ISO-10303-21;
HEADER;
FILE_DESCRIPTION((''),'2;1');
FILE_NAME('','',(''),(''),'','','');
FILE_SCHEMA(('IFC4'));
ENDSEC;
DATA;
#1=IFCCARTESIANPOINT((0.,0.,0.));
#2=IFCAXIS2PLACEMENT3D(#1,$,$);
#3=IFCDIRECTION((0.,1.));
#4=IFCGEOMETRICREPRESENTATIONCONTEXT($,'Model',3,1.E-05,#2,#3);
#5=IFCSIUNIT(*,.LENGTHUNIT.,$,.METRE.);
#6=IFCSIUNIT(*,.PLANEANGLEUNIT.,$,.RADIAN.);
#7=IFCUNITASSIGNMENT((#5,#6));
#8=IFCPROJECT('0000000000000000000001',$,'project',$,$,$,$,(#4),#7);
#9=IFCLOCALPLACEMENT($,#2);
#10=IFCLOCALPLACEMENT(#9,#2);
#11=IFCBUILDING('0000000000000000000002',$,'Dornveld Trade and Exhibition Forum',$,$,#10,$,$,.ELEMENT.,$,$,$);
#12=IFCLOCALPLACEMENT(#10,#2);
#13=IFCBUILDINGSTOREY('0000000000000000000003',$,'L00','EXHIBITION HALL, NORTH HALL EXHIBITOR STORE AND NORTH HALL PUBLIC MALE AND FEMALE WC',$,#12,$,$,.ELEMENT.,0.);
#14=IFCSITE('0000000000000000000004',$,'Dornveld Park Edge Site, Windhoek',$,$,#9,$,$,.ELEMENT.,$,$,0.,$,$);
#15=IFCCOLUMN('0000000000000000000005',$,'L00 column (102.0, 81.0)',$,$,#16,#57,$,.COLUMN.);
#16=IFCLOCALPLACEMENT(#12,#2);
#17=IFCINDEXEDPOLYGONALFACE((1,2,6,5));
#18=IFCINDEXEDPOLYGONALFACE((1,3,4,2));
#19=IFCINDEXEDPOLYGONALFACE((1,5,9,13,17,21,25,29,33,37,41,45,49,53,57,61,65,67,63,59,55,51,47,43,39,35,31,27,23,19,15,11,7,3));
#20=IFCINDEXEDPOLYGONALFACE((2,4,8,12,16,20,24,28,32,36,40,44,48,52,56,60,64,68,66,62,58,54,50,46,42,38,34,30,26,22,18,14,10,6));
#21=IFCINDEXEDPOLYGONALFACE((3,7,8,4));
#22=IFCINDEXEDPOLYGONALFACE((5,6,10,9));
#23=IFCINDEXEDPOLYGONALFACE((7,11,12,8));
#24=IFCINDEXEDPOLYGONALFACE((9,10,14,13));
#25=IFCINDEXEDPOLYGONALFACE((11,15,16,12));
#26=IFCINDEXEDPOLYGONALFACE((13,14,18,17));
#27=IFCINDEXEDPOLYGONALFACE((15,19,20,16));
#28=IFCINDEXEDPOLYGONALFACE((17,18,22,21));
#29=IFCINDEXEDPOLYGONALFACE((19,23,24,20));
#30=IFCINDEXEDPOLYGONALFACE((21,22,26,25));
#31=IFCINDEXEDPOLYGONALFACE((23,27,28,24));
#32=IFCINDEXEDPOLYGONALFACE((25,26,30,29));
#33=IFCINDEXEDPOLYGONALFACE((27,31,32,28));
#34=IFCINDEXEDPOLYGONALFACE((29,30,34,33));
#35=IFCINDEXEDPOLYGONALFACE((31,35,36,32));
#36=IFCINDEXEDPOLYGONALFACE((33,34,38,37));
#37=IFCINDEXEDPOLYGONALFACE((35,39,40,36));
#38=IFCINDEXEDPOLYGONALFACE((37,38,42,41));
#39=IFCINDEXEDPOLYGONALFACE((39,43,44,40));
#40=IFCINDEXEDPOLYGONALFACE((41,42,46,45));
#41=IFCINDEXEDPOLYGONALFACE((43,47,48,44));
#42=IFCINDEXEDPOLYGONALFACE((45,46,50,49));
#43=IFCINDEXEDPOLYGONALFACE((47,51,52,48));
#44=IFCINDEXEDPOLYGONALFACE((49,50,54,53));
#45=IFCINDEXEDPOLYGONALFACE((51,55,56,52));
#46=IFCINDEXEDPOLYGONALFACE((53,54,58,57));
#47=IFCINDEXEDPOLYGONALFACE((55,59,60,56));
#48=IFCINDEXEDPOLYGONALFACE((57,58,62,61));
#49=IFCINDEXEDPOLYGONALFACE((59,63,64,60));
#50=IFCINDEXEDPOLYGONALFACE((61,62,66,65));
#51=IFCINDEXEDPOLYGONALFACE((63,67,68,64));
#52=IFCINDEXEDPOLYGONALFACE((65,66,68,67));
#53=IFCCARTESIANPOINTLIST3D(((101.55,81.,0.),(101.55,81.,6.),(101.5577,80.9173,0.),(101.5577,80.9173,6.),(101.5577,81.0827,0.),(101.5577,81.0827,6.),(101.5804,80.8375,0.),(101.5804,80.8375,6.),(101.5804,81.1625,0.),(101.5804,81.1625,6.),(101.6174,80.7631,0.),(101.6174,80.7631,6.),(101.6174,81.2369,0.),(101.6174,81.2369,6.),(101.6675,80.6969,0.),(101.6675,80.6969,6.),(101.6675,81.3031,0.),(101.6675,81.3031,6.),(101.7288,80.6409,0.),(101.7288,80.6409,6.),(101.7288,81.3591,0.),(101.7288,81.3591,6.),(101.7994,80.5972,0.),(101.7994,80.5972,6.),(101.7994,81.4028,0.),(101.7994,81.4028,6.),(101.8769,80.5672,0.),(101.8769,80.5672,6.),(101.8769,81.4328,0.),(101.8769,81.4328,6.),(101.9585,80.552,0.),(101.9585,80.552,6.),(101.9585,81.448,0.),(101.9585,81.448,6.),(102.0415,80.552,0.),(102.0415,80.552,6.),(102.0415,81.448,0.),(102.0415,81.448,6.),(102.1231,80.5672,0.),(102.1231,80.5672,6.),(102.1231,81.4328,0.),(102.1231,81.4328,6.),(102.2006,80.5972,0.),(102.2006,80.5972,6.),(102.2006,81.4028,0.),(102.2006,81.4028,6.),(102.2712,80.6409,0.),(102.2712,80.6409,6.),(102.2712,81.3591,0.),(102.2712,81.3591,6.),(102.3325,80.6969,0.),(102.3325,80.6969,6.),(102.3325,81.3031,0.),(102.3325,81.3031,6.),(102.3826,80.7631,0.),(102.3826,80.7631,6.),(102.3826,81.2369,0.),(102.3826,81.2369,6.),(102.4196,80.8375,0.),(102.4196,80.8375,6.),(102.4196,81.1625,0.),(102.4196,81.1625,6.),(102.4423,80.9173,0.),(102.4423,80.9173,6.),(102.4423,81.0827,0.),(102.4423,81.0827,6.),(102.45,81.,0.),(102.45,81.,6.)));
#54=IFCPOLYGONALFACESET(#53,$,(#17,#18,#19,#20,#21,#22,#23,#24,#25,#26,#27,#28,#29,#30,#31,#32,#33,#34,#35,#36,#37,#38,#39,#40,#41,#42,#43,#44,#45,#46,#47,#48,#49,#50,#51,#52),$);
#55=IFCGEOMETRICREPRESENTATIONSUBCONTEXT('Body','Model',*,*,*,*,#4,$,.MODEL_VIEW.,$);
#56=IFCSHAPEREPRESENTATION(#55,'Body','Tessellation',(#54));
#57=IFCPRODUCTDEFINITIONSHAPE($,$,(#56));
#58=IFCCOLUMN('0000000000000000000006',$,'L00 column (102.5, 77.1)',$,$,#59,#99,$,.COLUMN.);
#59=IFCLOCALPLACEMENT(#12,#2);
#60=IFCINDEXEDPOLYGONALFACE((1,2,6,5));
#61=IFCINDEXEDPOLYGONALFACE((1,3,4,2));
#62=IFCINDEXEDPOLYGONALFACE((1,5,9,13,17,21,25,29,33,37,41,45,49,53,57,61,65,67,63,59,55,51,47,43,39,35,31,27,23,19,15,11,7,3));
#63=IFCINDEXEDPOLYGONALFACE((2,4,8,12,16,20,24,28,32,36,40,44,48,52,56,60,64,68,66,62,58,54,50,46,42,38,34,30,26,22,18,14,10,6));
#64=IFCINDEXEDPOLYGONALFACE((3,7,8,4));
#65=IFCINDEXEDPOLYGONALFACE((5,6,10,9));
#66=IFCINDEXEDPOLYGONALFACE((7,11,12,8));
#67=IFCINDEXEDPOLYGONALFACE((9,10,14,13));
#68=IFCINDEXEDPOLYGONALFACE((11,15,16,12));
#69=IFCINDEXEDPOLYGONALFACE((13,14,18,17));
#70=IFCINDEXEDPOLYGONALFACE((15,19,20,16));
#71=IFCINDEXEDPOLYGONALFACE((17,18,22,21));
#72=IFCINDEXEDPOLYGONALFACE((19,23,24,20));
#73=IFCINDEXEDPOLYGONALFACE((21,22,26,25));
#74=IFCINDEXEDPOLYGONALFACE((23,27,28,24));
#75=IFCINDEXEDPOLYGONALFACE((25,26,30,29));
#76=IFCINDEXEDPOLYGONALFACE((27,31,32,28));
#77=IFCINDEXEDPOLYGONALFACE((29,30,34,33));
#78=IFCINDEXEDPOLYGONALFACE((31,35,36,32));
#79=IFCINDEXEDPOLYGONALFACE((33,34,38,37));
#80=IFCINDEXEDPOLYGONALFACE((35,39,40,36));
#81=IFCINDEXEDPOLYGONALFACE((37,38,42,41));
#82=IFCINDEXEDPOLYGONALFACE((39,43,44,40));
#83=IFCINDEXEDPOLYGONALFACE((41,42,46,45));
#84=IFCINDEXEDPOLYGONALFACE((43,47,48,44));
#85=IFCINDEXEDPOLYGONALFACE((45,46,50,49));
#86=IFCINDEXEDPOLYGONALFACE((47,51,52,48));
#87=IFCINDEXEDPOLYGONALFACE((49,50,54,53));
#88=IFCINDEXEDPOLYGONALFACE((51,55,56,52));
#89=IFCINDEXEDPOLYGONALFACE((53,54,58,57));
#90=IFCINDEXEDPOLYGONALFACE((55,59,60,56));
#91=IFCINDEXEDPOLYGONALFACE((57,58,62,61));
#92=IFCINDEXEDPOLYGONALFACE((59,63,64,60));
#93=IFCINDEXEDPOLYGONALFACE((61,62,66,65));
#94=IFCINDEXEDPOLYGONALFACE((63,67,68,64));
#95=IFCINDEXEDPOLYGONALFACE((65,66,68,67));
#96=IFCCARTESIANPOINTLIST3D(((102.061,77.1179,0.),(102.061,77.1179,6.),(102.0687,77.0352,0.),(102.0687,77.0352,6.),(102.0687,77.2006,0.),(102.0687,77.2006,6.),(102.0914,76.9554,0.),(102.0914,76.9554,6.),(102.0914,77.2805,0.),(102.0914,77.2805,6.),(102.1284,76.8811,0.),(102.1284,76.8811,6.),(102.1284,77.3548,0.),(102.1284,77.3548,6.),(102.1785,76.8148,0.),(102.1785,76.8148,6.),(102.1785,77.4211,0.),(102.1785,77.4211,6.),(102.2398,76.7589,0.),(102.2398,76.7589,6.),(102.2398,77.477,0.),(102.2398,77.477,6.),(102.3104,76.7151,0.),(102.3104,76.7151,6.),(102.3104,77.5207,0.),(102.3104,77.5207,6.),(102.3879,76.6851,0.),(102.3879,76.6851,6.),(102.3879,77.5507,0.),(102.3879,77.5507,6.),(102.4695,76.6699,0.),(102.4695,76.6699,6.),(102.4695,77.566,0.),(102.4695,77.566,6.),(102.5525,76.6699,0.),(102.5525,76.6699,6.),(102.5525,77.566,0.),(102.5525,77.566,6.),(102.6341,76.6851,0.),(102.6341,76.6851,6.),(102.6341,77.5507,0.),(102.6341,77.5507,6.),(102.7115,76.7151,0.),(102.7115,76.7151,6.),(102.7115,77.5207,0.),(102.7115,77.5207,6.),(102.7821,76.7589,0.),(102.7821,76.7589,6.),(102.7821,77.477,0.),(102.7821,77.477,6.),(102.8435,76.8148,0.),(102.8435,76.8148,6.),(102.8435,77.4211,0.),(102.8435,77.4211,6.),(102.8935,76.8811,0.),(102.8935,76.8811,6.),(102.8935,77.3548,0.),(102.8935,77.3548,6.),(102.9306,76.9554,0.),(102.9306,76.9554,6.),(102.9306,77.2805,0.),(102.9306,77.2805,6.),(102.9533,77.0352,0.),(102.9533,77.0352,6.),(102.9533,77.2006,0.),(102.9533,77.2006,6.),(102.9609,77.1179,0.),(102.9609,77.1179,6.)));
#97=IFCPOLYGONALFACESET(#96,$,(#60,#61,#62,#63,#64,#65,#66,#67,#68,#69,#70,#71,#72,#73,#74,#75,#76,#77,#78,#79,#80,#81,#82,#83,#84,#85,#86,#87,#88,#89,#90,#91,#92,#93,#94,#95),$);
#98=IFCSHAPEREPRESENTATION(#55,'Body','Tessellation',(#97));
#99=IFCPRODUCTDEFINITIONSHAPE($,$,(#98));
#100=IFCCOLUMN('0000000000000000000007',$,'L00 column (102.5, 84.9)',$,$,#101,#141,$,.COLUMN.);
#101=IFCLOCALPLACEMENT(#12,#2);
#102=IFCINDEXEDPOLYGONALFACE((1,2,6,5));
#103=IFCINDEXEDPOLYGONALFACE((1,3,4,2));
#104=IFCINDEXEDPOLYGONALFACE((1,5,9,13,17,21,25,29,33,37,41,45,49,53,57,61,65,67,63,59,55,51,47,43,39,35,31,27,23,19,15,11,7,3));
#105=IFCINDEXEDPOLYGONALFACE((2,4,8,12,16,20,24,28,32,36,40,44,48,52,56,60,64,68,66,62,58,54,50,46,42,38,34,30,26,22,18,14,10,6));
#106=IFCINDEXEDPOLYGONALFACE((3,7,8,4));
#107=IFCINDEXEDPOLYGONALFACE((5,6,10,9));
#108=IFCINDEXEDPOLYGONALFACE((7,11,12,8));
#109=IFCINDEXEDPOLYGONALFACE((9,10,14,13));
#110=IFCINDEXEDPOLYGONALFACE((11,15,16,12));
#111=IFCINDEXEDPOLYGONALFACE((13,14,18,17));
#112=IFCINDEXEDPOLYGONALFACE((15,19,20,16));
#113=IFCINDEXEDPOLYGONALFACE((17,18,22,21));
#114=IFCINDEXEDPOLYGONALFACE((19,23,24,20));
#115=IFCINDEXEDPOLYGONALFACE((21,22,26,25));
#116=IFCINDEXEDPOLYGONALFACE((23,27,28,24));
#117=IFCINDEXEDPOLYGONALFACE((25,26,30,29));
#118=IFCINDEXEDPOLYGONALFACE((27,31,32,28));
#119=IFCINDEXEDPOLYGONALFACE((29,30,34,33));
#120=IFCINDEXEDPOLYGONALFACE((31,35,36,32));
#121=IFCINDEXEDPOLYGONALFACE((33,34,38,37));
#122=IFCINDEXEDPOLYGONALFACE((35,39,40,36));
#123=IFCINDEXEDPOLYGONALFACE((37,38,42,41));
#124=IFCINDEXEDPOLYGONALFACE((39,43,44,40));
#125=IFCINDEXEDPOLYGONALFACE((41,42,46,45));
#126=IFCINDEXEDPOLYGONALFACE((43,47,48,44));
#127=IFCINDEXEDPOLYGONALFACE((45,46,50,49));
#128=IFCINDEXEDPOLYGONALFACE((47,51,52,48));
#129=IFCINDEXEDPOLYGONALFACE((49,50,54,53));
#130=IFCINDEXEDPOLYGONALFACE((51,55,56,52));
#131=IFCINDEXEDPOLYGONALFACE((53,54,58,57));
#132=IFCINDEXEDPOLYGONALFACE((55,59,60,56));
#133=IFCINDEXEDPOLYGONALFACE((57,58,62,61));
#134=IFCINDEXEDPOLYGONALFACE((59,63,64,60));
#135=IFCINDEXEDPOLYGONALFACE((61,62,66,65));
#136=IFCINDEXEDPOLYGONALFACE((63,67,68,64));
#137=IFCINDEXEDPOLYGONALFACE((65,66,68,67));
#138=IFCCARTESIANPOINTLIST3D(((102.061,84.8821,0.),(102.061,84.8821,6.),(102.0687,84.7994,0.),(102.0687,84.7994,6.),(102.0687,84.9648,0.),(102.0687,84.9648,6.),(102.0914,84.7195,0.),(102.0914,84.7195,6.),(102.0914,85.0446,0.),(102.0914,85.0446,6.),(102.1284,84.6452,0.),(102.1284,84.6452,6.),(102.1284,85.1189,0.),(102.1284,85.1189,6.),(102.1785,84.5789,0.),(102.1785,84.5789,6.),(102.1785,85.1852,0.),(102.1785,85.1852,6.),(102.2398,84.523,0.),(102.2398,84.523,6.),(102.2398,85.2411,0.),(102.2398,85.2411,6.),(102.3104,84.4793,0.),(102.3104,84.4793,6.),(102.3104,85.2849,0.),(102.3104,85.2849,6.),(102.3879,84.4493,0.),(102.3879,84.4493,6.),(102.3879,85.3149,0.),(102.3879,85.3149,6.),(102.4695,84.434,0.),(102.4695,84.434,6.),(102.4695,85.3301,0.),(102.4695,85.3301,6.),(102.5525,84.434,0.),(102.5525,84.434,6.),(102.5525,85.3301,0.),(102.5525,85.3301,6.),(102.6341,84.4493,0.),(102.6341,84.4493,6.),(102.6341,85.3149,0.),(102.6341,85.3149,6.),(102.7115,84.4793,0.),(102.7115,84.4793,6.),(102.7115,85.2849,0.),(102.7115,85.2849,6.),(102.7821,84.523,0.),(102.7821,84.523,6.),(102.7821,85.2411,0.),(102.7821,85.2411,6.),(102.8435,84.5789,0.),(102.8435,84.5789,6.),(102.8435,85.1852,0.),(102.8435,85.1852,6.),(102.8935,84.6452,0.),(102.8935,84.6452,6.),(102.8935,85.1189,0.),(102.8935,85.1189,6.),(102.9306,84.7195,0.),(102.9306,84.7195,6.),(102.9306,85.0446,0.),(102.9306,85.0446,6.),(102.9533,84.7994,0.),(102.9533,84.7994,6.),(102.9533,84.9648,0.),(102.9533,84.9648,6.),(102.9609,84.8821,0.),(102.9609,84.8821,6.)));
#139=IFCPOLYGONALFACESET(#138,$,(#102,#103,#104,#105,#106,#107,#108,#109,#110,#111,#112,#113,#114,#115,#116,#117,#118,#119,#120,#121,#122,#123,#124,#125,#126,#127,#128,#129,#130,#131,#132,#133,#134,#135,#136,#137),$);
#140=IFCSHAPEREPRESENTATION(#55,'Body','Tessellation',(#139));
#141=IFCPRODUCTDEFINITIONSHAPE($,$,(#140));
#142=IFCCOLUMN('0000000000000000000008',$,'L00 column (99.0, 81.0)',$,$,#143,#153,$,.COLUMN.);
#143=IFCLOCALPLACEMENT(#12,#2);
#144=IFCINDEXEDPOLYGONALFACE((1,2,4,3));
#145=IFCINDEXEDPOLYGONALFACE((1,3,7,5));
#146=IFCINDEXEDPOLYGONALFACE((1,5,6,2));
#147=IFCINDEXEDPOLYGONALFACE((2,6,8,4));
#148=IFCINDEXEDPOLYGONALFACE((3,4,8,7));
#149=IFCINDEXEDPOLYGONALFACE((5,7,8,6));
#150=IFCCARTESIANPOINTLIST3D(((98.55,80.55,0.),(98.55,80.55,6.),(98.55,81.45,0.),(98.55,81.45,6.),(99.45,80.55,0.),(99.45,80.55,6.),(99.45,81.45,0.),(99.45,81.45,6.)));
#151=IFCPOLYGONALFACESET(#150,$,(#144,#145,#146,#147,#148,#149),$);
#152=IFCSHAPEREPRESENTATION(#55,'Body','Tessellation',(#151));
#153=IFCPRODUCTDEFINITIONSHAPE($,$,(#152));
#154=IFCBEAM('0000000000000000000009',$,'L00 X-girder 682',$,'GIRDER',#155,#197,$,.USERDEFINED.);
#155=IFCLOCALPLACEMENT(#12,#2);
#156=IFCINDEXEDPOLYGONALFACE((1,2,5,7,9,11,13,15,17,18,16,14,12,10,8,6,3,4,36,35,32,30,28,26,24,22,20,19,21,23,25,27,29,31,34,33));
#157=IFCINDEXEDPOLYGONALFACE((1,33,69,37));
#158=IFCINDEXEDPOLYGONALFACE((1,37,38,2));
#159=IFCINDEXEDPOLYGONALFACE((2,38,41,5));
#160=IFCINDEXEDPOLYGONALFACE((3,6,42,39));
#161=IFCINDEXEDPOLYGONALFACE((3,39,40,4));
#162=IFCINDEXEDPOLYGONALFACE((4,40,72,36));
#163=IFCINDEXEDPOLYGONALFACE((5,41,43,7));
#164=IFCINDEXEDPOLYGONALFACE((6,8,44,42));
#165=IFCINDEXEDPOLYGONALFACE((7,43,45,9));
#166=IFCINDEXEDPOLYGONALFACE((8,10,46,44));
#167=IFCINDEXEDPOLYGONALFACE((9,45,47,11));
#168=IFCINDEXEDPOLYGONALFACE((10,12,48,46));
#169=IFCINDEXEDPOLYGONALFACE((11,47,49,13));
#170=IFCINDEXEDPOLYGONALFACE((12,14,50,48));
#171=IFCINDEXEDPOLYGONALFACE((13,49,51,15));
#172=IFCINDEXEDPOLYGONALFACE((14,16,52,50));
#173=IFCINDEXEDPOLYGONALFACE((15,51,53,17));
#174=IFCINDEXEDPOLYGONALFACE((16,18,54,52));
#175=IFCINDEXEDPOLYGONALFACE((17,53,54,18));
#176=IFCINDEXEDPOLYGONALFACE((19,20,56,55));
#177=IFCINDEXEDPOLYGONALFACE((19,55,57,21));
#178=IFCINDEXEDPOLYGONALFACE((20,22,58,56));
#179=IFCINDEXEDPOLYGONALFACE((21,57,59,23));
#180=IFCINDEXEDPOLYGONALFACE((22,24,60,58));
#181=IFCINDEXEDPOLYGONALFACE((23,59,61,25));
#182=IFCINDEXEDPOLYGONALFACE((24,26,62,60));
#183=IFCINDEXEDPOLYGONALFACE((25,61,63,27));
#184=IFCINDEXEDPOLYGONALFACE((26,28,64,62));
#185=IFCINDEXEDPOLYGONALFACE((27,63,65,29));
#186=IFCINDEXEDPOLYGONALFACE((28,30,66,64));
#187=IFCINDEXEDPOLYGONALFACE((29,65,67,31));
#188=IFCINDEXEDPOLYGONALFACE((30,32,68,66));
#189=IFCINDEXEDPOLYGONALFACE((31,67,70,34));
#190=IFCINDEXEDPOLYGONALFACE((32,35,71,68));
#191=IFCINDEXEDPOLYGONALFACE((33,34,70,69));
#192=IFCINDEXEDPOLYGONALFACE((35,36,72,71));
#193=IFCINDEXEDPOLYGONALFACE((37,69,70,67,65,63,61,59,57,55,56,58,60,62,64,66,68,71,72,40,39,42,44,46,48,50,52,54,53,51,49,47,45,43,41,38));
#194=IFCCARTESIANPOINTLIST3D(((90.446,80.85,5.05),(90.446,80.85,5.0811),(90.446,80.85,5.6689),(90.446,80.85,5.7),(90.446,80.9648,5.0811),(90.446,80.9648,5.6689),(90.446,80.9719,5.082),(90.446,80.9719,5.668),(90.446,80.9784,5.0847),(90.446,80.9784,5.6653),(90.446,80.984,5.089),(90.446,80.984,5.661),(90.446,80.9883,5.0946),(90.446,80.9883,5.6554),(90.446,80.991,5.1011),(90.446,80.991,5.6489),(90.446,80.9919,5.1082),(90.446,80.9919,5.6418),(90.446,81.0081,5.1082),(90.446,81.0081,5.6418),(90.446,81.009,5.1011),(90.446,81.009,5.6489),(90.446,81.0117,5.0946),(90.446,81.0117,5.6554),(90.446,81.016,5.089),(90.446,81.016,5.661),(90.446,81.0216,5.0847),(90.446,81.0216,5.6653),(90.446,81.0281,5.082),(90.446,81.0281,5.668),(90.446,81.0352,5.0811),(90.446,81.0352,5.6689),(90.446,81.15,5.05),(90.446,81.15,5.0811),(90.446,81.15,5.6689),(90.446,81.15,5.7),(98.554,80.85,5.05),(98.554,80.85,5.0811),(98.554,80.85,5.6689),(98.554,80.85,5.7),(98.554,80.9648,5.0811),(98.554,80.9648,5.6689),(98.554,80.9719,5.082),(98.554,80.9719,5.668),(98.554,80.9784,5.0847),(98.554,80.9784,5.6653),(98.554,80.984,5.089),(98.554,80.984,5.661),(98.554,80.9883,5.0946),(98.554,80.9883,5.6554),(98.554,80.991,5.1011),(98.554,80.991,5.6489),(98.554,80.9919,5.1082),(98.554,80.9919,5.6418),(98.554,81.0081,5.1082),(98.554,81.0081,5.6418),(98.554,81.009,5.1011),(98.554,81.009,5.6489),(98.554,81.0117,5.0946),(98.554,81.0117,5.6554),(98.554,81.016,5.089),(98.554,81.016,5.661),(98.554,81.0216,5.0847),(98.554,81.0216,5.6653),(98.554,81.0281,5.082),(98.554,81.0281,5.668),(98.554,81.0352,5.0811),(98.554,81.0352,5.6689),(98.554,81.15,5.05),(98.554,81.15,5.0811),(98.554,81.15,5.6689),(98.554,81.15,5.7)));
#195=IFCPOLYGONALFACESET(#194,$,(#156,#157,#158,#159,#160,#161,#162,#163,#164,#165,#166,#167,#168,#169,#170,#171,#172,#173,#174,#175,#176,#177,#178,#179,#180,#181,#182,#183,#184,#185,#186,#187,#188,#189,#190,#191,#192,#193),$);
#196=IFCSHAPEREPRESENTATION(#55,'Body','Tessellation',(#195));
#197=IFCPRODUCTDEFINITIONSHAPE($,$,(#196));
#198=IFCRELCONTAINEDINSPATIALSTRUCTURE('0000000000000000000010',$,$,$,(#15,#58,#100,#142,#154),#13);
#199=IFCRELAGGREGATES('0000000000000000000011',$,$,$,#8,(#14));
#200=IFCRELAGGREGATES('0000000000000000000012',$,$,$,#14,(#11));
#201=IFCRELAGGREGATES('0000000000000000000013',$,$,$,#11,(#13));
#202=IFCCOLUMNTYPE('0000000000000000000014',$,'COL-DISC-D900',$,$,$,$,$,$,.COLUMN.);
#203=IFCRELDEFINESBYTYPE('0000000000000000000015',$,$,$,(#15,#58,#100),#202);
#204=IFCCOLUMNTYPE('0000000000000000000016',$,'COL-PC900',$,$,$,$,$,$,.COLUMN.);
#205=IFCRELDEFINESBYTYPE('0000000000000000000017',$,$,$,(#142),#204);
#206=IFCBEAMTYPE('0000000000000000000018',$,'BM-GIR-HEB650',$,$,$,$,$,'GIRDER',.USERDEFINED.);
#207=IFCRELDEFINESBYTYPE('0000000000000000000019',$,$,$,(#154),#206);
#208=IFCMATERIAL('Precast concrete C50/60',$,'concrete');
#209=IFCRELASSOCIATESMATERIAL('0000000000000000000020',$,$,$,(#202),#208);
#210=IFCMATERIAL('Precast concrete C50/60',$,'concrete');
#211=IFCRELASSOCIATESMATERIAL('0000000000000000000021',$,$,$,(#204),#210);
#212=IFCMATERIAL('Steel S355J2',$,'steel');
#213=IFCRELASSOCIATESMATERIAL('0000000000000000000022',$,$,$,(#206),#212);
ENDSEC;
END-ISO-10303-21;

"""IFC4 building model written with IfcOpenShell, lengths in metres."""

from ifc_helpers import new_model, si_unit, direction, frame, origin, origin_2d, place, context, subcontext, project, spatial, rectangle, circle, i_section, extrude, material, material_profile, profile_set, type_object, element, save


model = new_model("IFC4")

# Units and contexts
model_context = context("Model", 3, precision=1e-05, world=origin(), true_north=direction((0.0, 1.0)))
body_context = subcontext(model_context, "Body", "Model", "MODEL_VIEW")
ifc_project = project(units=[si_unit("LENGTHUNIT", "METRE"), si_unit("PLANEANGLEUNIT", "RADIAN")], contexts=[model_context])

# Site, building, storey
site_placement = place(None, origin())
site = spatial("IfcSite", under=ifc_project, at=site_placement, Name="Dornveld Park Edge Site, Windhoek", CompositionType="ELEMENT", RefElevation=0.0)
building_placement = place(site_placement, origin())
building = spatial("IfcBuilding", under=site, at=building_placement, Name="Dornveld Trade and Exhibition Forum", CompositionType="ELEMENT")
storey_placement = place(building_placement, origin())
storey = spatial("IfcBuildingStorey", under=building, at=storey_placement, Name="L00", Description="EXHIBITION HALL, NORTH HALL EXHIBITOR STORE AND NORTH HALL PUBLIC MALE AND FEMALE WC", CompositionType="ELEMENT", Elevation=0.0)

# Columns
ifc_material_1 = material(Name="Precast concrete C50/60", Category="concrete")
ifc_material_profile_1 = material_profile(ifc_material_1, circle(Radius=0.45, at=origin_2d()), Name="PC-COL D900")
ifc_profile_set_1 = profile_set([ifc_material_profile_1], Name="Precast concrete C50/60")
column_type_1 = type_object("IfcColumnType", Name="COL-DISC-D900", PredefinedType="COLUMN", material=ifc_profile_set_1)
for number, where, z_axis, x_axis, name in (
    (1, (102.0, 81.0, 0.0), (0.0, 0.0, 1.0), (1.0, 0.0, 0.0), "L00 column (102.0, 81.0)"),
    (2, (102.511, 77.1179, 0.0), (0.0, 0.0, 1.0), (1.0, 0.0, 0.0), "L00 column (102.5, 77.1)"),
    (3, (102.511, 84.8821, 0.0), (0.0, 0.0, 1.0), (1.0, 0.0, 0.0), "L00 column (102.5, 84.9)"),
):
    element("IfcColumn", number, at=place(storey_placement, frame(where, z_axis=z_axis, x_axis=x_axis)), inside=storey, type_object=column_type_1, Name=name, PredefinedType="COLUMN", context=body_context, shape_type="SweptSolid", body=[
        extrude(circle(Radius=0.45, at=origin_2d()), origin(), (0.0, 0.0, 1.0), 6.0),
    ])
ifc_material_2 = material(Name="Precast concrete C50/60", Category="concrete")
ifc_material_profile_2 = material_profile(ifc_material_2, rectangle(XDim=0.8999, YDim=0.8999, at=origin_2d()), Name="PC-COL 900x900")
ifc_profile_set_2 = profile_set([ifc_material_profile_2], Name="Precast concrete C50/60")
column_type_2 = type_object("IfcColumnType", Name="COL-PC900", PredefinedType="COLUMN", material=ifc_profile_set_2)
column_placement = place(storey_placement, frame((99.0, 81.0, 0.0), z_axis=(0.0, 0.0, 1.0), x_axis=(1.0, 0.0, 0.0)))
element("IfcColumn", 4, at=column_placement, inside=storey, type_object=column_type_2, Name="L00 column (99.0, 81.0)", PredefinedType="COLUMN", context=body_context, shape_type="SweptSolid", body=[
    extrude(rectangle(XDim=0.8999, YDim=0.8999, at=origin_2d()), origin(), (0.0, 0.0, 1.0), 6.0),
])

# Beam
ifc_material_3 = material(Name="Steel S355J2", Category="steel")
ifc_material_profile_3 = material_profile(ifc_material_3, i_section(OverallWidth=0.3, OverallDepth=0.6499, WebThickness=0.0161, FlangeThickness=0.031, FilletRadius=0.0271, at=origin_2d()), Name="HEB 650")
ifc_profile_set_3 = profile_set([ifc_material_profile_3], Name="Steel S355J2")
beam_type_1 = type_object("IfcBeamType", Name="BM-GIR-HEB650", ElementType="GIRDER", PredefinedType="USERDEFINED", material=ifc_profile_set_3)
beam_placement = place(storey_placement, frame((90.446, 81.0, 5.375), z_axis=(1.0, 0.0, 0.0), x_axis=(0.0, 1.0, 0.0)))
element("IfcBeam", 5, at=beam_placement, inside=storey, type_object=beam_type_1, Name="L00 X-girder 682", ObjectType="GIRDER", PredefinedType="USERDEFINED", context=body_context, shape_type="SweptSolid", body=[
    extrude(i_section(OverallWidth=0.3, OverallDepth=0.6499, WebThickness=0.0161, FlangeThickness=0.031, FilletRadius=0.0271, at=origin_2d()), origin(), (0.0, 0.0, 1.0), 8.1079),
])

save(model, "model.ifc")
